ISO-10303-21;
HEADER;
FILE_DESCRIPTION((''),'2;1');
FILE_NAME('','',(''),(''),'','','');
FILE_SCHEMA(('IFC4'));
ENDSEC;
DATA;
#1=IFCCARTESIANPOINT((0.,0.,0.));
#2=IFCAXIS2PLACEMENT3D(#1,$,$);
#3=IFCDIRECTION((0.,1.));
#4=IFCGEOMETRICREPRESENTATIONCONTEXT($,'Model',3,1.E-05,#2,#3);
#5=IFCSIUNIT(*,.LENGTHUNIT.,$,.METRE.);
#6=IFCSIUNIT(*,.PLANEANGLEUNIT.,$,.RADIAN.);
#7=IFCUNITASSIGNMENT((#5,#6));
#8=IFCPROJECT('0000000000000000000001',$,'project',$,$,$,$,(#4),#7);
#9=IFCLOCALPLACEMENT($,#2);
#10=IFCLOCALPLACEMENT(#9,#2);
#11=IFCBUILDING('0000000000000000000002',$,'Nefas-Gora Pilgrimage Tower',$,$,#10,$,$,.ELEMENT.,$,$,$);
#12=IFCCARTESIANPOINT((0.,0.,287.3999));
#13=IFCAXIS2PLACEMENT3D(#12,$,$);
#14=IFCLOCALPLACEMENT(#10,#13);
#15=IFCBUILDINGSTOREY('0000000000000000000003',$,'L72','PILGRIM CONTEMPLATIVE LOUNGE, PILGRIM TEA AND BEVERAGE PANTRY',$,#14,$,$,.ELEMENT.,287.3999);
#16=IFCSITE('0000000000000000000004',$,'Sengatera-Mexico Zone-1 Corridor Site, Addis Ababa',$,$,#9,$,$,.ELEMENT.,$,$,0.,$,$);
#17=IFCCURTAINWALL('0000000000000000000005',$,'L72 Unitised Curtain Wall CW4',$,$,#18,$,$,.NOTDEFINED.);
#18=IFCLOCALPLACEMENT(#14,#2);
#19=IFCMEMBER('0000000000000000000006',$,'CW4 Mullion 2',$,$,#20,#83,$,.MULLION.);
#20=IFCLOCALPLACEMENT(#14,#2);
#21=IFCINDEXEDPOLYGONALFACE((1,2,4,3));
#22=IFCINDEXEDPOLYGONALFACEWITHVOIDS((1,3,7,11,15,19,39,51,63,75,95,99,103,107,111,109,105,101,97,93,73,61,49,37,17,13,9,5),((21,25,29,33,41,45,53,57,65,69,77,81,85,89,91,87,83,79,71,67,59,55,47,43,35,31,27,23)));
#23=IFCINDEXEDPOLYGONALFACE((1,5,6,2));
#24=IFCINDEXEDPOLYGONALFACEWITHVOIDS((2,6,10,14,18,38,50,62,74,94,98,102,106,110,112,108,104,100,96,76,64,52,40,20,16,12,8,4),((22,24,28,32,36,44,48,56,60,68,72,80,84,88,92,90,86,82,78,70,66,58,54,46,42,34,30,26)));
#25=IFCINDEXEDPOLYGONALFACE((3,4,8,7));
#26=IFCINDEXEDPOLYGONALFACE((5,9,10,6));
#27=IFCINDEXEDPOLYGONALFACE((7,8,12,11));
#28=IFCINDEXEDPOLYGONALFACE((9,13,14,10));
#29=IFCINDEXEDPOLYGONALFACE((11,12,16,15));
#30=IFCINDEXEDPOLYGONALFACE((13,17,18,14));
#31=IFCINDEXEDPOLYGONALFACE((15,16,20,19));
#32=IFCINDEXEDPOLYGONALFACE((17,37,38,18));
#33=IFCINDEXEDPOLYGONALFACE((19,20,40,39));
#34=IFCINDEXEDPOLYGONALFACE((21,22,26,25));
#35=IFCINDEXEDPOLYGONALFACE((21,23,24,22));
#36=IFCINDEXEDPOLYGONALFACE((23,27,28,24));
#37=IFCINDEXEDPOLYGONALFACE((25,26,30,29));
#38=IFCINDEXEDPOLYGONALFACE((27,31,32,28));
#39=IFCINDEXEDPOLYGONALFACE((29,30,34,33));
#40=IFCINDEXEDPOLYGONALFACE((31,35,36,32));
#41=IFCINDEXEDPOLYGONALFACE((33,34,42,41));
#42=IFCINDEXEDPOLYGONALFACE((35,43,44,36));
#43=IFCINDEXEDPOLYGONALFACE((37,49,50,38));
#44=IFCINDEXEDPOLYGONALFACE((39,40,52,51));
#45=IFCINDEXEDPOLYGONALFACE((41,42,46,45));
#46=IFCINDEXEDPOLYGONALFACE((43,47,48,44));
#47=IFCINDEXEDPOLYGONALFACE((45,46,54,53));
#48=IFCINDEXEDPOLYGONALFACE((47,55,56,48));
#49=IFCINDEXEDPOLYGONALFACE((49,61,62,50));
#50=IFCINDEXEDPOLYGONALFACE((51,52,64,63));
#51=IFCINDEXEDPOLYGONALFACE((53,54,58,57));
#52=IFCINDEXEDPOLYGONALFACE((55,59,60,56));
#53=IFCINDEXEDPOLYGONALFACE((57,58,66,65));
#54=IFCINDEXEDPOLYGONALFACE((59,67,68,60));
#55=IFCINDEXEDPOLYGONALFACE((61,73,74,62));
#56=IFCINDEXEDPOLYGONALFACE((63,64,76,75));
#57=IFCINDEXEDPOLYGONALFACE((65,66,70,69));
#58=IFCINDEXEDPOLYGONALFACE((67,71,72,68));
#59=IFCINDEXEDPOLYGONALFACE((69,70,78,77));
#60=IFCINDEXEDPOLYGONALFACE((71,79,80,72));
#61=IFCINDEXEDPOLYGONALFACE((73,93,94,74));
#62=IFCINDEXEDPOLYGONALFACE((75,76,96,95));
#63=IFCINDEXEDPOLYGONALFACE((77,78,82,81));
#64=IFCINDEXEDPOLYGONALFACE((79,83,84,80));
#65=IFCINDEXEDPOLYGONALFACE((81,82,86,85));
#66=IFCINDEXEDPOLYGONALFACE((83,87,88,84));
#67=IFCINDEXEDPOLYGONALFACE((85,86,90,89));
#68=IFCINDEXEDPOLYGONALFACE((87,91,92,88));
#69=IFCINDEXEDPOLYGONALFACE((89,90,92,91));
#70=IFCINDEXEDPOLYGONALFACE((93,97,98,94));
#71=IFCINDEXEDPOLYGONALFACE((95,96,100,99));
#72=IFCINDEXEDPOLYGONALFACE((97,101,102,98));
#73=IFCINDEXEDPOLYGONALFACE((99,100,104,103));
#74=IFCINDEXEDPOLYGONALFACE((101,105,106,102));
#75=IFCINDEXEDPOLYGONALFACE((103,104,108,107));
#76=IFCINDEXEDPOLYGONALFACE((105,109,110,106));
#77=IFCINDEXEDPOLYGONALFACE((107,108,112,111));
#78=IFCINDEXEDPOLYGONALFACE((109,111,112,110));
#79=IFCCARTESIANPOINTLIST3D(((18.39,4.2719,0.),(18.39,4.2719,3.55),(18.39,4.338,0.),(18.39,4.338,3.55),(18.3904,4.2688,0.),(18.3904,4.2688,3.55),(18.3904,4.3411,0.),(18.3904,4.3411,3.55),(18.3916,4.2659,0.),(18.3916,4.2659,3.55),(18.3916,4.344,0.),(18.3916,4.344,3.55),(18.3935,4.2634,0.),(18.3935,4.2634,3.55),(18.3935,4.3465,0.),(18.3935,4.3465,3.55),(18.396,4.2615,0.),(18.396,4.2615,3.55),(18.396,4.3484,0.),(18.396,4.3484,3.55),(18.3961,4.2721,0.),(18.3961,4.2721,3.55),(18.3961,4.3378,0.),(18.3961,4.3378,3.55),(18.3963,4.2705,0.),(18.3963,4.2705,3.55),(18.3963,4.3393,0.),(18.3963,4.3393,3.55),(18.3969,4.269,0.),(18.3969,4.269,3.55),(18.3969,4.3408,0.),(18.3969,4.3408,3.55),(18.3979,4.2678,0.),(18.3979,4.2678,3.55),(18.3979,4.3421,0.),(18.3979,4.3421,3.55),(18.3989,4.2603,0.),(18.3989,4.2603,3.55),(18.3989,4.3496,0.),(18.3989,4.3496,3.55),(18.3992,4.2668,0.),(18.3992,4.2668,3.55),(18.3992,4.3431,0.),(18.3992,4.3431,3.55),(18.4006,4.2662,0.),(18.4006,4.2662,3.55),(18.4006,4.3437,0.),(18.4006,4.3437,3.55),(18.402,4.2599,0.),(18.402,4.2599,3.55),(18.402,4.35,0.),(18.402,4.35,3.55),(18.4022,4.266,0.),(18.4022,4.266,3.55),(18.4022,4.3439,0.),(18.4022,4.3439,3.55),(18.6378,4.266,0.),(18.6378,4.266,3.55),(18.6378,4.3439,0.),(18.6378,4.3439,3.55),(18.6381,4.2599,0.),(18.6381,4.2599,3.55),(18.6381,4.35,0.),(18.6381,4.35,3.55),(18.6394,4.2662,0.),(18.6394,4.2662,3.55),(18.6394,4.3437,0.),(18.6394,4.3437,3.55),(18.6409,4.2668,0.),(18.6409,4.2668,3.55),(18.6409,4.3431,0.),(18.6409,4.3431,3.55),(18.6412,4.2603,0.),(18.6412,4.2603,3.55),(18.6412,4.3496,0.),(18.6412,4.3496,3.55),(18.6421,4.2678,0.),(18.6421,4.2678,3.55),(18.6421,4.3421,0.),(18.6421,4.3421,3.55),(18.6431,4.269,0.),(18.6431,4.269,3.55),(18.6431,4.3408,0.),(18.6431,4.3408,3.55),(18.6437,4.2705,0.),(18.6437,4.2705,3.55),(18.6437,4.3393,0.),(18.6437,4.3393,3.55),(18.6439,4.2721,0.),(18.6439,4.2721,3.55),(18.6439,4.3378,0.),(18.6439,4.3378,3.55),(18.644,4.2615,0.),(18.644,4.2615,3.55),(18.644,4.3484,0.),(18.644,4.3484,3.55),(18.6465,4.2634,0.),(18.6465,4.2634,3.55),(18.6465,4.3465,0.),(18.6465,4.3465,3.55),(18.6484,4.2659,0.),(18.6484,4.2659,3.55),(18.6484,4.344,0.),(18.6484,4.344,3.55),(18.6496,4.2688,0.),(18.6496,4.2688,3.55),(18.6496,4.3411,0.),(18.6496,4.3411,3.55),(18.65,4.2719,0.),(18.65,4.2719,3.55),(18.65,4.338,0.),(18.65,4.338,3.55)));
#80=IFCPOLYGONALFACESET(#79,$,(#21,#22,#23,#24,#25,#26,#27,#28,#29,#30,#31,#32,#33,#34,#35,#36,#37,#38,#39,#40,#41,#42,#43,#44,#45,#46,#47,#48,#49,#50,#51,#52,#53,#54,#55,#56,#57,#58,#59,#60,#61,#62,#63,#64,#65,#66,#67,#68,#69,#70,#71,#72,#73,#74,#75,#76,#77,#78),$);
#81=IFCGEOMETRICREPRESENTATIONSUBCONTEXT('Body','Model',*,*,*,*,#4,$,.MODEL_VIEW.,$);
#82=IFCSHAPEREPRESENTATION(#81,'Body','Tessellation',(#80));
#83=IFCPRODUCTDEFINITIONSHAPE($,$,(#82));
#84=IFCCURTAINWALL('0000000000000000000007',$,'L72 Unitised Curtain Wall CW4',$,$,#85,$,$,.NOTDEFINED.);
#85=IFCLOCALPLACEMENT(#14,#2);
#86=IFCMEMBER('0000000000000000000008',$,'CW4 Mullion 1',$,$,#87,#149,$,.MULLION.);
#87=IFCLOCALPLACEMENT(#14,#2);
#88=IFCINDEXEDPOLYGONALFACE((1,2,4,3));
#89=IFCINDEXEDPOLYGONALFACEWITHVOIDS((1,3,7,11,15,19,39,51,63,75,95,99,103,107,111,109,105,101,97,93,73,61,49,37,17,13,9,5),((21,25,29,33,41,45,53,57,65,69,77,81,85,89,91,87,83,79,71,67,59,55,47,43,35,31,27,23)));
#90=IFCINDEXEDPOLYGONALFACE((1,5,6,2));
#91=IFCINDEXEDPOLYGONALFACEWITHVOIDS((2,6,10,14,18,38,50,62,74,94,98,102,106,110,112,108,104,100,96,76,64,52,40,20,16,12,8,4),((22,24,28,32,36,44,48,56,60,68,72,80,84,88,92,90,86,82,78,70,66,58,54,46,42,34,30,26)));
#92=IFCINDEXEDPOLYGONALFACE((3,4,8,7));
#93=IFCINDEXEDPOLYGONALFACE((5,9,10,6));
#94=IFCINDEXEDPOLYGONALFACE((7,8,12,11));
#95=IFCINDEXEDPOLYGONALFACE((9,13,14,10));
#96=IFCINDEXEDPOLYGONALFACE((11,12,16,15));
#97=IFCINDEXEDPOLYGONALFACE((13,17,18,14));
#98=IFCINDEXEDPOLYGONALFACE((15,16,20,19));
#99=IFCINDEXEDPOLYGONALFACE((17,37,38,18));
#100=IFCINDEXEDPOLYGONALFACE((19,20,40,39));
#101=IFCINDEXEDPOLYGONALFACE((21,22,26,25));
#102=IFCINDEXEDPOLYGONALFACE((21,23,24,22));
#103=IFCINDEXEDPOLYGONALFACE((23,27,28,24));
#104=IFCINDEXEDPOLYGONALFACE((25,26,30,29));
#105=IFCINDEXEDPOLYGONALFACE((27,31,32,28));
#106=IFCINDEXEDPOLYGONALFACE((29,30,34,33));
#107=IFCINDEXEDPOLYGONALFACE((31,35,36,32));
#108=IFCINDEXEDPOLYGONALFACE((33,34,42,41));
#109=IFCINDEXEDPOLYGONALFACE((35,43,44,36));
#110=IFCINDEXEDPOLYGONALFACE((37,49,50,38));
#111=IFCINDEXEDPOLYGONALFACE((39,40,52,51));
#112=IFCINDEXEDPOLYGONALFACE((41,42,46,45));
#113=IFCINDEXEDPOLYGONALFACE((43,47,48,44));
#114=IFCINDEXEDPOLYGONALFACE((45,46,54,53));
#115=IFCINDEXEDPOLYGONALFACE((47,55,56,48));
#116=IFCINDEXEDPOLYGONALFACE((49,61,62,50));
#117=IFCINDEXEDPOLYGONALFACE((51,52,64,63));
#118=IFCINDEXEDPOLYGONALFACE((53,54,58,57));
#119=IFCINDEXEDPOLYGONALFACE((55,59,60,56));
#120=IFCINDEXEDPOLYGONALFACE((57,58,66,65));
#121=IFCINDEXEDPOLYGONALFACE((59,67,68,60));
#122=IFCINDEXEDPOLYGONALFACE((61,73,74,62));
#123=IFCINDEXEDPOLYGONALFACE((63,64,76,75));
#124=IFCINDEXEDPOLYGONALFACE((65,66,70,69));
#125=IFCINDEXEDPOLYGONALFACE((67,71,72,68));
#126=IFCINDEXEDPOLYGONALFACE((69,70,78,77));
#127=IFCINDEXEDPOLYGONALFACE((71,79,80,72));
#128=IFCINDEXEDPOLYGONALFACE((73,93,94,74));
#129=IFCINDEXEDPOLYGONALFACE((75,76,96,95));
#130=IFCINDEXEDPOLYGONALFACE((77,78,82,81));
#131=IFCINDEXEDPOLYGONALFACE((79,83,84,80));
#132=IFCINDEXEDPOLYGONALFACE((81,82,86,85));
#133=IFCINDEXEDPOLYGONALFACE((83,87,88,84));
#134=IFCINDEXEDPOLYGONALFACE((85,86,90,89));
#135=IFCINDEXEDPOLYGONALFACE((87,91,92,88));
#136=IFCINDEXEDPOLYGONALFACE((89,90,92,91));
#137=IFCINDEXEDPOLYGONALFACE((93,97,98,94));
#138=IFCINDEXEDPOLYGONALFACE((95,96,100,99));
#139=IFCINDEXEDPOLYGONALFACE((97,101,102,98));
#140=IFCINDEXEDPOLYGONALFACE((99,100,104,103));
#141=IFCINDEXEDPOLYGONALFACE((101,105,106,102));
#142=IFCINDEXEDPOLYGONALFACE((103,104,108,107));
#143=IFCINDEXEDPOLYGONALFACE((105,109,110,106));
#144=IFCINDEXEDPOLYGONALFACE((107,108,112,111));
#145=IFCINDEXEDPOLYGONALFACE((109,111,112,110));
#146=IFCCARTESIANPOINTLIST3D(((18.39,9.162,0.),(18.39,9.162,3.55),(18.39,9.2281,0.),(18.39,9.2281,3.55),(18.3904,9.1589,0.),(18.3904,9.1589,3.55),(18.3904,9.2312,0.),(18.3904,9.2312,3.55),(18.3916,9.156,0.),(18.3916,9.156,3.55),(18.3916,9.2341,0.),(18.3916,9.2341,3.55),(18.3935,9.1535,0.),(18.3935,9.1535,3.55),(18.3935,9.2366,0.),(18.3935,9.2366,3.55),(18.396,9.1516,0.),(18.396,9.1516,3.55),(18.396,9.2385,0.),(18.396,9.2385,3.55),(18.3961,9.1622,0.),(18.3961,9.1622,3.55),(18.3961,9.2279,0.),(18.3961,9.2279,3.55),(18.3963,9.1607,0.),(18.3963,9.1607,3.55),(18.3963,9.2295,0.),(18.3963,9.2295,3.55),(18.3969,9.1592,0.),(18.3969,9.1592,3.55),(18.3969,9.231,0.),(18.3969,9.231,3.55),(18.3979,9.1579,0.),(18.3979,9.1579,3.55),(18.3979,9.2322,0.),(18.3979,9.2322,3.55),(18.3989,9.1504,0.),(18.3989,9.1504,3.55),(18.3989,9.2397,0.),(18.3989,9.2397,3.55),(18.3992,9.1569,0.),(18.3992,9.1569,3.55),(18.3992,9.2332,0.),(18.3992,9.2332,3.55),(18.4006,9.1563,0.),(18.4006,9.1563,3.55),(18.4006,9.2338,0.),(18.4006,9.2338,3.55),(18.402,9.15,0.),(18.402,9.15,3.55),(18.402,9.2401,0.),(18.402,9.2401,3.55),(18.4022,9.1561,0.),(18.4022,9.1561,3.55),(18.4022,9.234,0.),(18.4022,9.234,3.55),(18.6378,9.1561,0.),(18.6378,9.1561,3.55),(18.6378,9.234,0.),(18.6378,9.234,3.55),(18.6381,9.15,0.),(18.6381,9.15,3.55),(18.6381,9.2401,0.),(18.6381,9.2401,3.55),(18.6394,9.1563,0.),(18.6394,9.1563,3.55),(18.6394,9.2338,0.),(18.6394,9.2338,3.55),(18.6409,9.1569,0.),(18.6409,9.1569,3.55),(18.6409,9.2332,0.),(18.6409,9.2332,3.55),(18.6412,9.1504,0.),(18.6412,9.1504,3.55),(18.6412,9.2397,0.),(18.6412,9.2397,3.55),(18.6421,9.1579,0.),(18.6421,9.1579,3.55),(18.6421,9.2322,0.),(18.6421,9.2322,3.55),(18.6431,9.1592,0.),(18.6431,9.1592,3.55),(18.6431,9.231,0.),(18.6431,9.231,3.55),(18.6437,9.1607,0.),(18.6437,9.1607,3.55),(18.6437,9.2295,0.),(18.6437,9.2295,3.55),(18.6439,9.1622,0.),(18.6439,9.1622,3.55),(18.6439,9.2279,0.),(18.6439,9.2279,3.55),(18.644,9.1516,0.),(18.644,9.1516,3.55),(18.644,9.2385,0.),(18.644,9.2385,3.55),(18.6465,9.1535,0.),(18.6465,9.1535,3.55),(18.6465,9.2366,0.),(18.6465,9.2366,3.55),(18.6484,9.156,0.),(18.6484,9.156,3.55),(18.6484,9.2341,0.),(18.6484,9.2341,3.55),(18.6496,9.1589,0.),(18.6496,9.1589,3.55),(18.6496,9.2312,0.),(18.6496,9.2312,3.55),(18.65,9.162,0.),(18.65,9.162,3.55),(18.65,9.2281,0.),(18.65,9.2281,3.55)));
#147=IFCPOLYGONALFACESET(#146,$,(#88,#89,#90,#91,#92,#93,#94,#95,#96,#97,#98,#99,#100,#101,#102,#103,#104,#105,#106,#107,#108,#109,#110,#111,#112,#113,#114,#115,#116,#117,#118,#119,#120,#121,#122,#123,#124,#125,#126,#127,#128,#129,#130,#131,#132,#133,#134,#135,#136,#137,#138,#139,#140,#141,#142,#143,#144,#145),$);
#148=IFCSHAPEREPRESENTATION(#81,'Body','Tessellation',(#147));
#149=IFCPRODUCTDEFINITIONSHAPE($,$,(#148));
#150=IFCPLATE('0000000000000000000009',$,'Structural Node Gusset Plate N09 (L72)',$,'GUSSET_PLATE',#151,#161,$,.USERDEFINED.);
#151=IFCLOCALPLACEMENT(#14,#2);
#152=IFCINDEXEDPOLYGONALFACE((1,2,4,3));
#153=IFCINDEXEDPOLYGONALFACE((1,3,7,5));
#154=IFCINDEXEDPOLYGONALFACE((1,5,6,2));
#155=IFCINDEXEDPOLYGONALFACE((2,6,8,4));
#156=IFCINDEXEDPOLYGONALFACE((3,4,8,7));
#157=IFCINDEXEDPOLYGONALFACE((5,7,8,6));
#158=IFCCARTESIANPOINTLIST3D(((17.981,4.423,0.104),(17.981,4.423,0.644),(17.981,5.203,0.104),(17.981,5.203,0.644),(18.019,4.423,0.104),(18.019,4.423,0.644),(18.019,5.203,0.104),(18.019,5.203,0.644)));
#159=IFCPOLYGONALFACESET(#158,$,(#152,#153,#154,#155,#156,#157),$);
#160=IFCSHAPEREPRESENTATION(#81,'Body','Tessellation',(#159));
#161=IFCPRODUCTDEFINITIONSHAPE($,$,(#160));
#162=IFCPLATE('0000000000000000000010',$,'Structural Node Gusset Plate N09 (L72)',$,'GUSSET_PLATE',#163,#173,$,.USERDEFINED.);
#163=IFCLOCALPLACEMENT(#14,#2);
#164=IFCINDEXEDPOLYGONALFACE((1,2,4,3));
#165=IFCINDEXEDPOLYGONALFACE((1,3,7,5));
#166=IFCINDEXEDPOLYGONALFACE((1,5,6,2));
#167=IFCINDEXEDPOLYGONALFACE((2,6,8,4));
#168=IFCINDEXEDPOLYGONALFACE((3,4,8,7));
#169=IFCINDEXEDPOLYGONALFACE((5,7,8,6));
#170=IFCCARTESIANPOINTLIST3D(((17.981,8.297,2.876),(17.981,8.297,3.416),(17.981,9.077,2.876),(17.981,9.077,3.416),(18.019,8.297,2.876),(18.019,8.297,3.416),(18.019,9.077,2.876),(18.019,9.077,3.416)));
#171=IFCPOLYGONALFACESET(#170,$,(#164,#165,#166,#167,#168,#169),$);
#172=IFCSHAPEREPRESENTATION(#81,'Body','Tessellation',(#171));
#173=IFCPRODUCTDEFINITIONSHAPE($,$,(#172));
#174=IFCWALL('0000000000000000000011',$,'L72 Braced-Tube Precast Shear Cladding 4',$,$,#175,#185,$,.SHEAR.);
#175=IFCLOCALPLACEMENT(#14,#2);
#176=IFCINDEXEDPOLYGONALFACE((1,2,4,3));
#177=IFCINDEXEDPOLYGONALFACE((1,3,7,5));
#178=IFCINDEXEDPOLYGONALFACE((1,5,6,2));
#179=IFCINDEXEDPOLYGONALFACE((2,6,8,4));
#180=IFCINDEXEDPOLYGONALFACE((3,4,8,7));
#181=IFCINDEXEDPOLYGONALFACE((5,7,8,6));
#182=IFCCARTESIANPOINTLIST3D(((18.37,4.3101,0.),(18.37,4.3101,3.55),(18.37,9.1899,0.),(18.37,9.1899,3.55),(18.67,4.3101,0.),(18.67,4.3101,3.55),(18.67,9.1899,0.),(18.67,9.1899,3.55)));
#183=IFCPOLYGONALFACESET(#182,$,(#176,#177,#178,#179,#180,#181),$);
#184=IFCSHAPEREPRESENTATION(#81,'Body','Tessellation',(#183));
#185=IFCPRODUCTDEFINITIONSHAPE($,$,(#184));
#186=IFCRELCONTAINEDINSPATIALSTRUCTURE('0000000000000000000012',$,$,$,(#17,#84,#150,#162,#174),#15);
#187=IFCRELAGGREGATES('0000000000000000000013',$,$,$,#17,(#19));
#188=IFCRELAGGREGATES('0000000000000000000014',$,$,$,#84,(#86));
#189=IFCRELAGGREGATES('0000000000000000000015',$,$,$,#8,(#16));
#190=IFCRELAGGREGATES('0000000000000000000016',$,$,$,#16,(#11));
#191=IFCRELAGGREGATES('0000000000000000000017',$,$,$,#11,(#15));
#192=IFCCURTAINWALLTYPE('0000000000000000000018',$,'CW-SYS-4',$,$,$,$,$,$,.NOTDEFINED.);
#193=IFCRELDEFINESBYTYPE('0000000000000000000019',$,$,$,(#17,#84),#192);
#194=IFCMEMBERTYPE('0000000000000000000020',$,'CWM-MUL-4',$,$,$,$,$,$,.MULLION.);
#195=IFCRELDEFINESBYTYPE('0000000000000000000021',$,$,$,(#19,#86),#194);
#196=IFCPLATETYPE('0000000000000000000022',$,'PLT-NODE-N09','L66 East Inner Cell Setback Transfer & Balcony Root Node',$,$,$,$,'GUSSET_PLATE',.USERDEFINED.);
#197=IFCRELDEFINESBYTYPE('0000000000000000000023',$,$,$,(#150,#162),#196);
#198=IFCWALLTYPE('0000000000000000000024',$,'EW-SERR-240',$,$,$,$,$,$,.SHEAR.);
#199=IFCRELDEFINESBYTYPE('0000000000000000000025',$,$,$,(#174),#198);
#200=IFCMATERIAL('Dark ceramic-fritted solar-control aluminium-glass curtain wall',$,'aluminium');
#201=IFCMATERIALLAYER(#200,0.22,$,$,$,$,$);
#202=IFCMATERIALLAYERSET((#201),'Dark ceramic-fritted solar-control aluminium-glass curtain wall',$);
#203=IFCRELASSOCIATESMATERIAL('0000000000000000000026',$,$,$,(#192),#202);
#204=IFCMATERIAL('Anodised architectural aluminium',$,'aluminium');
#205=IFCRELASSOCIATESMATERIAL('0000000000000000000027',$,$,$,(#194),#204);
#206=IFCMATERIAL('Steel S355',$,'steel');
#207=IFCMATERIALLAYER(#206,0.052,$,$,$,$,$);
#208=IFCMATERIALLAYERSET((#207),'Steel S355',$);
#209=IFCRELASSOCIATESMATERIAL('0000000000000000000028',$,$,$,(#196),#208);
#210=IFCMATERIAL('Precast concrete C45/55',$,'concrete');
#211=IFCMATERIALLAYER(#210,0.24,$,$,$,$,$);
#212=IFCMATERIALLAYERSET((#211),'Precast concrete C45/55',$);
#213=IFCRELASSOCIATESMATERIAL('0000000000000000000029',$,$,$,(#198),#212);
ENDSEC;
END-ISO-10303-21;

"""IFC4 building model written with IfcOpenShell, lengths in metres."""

from ifc_helpers import new_model, si_unit, direction, frame, frame_2d, origin, origin_2d, place, context, subcontext, project, spatial, rectangle, hollow_rectangle, extrude, source, transform, mapped, material, layer, layer_set, material_profile, profile_set, type_object, element, aggregate, save


model = new_model("IFC4")

# Units and contexts
model_context = context("Model", 3, precision=1e-05, world=origin(), true_north=direction((0.0, 1.0)))
body_context = subcontext(model_context, "Body", "Model", "MODEL_VIEW")
ifc_project = project(units=[si_unit("LENGTHUNIT", "METRE"), si_unit("PLANEANGLEUNIT", "RADIAN")], contexts=[model_context])

# Site, building, storey
site_placement = place(None, origin())
site = spatial("IfcSite", under=ifc_project, at=site_placement, Name="Sengatera-Mexico Zone-1 Corridor Site, Addis Ababa", CompositionType="ELEMENT", RefElevation=0.0)
building_placement = place(site_placement, origin())
building = spatial("IfcBuilding", under=site, at=building_placement, Name="Nefas-Gora Pilgrimage Tower", CompositionType="ELEMENT")
storey_placement = place(building_placement, frame((0.0, 0.0, 287.3999)))
storey = spatial("IfcBuildingStorey", under=building, at=storey_placement, Name="L72", Description="PILGRIM CONTEMPLATIVE LOUNGE, PILGRIM TEA AND BEVERAGE PANTRY", CompositionType="ELEMENT", Elevation=287.3999)

# Shared definitions
ifc_material_1 = material(Name="Steel S355", Category="steel")

# Curtain walls, members
ifc_material_2 = material(Name="Dark ceramic-fritted solar-control aluminium-glass curtain wall", Category="aluminium")
ifc_layer_1 = layer(ifc_material_2, 0.22)
ifc_layer_set_1 = layer_set([ifc_layer_1], Name="Dark ceramic-fritted solar-control aluminium-glass curtain wall")
curtain_wall_type = type_object("IfcCurtainWallType", Name="CW-SYS-4", PredefinedType="NOTDEFINED", material=ifc_layer_set_1)
curtain_wall_1_placement = place(storey_placement, origin())
curtain_wall_1 = element("IfcCurtainWall", 1, at=curtain_wall_1_placement, inside=storey, type_object=curtain_wall_type, Name="L72 Unitised Curtain Wall CW4", PredefinedType="NOTDEFINED")
ifc_material_3 = material(Name="Anodised architectural aluminium", Category="aluminium")
ifc_material_profile_1 = material_profile(ifc_material_3, hollow_rectangle(XDim=0.0901, YDim=0.26, WallThickness=0.0061, InnerFilletRadius=0.0061, OuterFilletRadius=0.012, at=origin_2d()), Name="ALU MULLION 90x260")
ifc_profile_set_1 = profile_set([ifc_material_profile_1], Name="Anodised architectural aluminium")
member_type_1 = type_object("IfcMemberType", Name="CWM-MUL-4", PredefinedType="MULLION", material=ifc_profile_set_1)
shared_shape_1 = source(origin(), body_context, "Body", "SweptSolid", [
    extrude(hollow_rectangle(XDim=0.0901, YDim=0.26, WallThickness=0.0061, InnerFilletRadius=0.0061, OuterFilletRadius=0.012, at=origin_2d()), origin(), (0.0, 0.0, 1.0), 3.55),
])
member_1_placement = place(storey_placement, frame((18.52, 4.3049, 0.0), z_axis=(0.0, 0.0, 1.0), x_axis=(0.0, 1.0, 0.0)))
member_1 = element("IfcMember", 2, at=member_1_placement, type_object=member_type_1, Name="CW4 Mullion 2", PredefinedType="MULLION", context=body_context, shape_type="MappedRepresentation", body=[
    mapped(shared_shape_1, transform((0.0, 0.0, 0.0), x_axis=(1.0, 0.0, 0.0), y_axis=(0.0, 1.0, 0.0), z_axis=(0.0, 0.0, 1.0), scale=1.0)),
])
aggregate(curtain_wall_1, [member_1])
curtain_wall_2_placement = place(storey_placement, origin())
curtain_wall_2 = element("IfcCurtainWall", 3, at=curtain_wall_2_placement, inside=storey, type_object=curtain_wall_type, Name="L72 Unitised Curtain Wall CW4", PredefinedType="NOTDEFINED")
member_2_placement = place(storey_placement, frame((18.52, 9.1951, 0.0), z_axis=(0.0, 0.0, 1.0), x_axis=(0.0, 1.0, 0.0)))
member_2 = element("IfcMember", 4, at=member_2_placement, type_object=member_type_1, Name="CW4 Mullion 1", PredefinedType="MULLION", context=body_context, shape_type="MappedRepresentation", body=[
    mapped(shared_shape_1, transform((0.0, 0.0, 0.0), x_axis=(1.0, 0.0, 0.0), y_axis=(0.0, 1.0, 0.0), z_axis=(0.0, 0.0, 1.0), scale=1.0)),
])
aggregate(curtain_wall_2, [member_2])

# Plates
ifc_layer_2 = layer(ifc_material_1, 0.052)
ifc_layer_set_2 = layer_set([ifc_layer_2], Name="Steel S355")
plate_type = type_object("IfcPlateType", Name="PLT-NODE-N09", Description="L66 East Inner Cell Setback Transfer & Balcony Root Node", ElementType="GUSSET_PLATE", PredefinedType="USERDEFINED", material=ifc_layer_set_2)
shared_shape_2 = source(origin(), body_context, "Body", "SweptSolid", [
    extrude(rectangle(XDim=0.78, YDim=0.0381, at=origin_2d()), origin(), (0.0, 0.0, 1.0), 0.54),
])
for number, where, z_axis, x_axis, name in (
    (5, (18.0, 4.813, 0.104), (0.0, 0.0, 1.0), (0.0, 1.0, 0.0), "Structural Node Gusset Plate N09 (L72)"),
    (6, (18.0, 8.687, 2.876), (0.0, 0.0, 1.0), (0.0, 1.0, 0.0), "Structural Node Gusset Plate N09 (L72)"),
):
    element("IfcPlate", number, at=place(storey_placement, frame(where, z_axis=z_axis, x_axis=x_axis)), inside=storey, type_object=plate_type, Name=name, ObjectType="GUSSET_PLATE", PredefinedType="USERDEFINED", context=body_context, shape_type="MappedRepresentation", body=[
        mapped(shared_shape_2, transform((0.0, 0.0, 0.0), x_axis=(1.0, 0.0, 0.0), y_axis=(0.0, 1.0, 0.0), z_axis=(0.0, 0.0, 1.0), scale=1.0)),
    ])

# Wall
ifc_material_4 = material(Name="Precast concrete C45/55", Category="concrete")
ifc_layer_3 = layer(ifc_material_4, 0.24)
ifc_layer_set_3 = layer_set([ifc_layer_3], Name="Precast concrete C45/55")
wall_type_1 = type_object("IfcWallType", Name="EW-SERR-240", PredefinedType="SHEAR", material=ifc_layer_set_3)
shared_shape_3 = source(origin(), body_context, "Body", "SweptSolid", [
    extrude(rectangle(XDim=4.8799, YDim=0.3, at=frame_2d((2.4399, 0.0))), origin(), (0.0, 0.0, 1.0), 3.55),
])
wall_1_placement = place(storey_placement, frame((18.52, 4.3101, 0.0), z_axis=(0.0, 0.0, 1.0), x_axis=(0.0, 1.0, 0.0)))
element("IfcWall", 7, at=wall_1_placement, inside=storey, type_object=wall_type_1, Name="L72 Braced-Tube Precast Shear Cladding 4", PredefinedType="SHEAR", context=body_context, shape_type="MappedRepresentation", body=[
    mapped(shared_shape_3, transform((0.0, 0.0, 0.0), x_axis=(1.0, 0.0, 0.0), y_axis=(0.0, 1.0, 0.0), z_axis=(0.0, 0.0, 1.0), scale=1.0)),
])

save(model, "model.ifc")
